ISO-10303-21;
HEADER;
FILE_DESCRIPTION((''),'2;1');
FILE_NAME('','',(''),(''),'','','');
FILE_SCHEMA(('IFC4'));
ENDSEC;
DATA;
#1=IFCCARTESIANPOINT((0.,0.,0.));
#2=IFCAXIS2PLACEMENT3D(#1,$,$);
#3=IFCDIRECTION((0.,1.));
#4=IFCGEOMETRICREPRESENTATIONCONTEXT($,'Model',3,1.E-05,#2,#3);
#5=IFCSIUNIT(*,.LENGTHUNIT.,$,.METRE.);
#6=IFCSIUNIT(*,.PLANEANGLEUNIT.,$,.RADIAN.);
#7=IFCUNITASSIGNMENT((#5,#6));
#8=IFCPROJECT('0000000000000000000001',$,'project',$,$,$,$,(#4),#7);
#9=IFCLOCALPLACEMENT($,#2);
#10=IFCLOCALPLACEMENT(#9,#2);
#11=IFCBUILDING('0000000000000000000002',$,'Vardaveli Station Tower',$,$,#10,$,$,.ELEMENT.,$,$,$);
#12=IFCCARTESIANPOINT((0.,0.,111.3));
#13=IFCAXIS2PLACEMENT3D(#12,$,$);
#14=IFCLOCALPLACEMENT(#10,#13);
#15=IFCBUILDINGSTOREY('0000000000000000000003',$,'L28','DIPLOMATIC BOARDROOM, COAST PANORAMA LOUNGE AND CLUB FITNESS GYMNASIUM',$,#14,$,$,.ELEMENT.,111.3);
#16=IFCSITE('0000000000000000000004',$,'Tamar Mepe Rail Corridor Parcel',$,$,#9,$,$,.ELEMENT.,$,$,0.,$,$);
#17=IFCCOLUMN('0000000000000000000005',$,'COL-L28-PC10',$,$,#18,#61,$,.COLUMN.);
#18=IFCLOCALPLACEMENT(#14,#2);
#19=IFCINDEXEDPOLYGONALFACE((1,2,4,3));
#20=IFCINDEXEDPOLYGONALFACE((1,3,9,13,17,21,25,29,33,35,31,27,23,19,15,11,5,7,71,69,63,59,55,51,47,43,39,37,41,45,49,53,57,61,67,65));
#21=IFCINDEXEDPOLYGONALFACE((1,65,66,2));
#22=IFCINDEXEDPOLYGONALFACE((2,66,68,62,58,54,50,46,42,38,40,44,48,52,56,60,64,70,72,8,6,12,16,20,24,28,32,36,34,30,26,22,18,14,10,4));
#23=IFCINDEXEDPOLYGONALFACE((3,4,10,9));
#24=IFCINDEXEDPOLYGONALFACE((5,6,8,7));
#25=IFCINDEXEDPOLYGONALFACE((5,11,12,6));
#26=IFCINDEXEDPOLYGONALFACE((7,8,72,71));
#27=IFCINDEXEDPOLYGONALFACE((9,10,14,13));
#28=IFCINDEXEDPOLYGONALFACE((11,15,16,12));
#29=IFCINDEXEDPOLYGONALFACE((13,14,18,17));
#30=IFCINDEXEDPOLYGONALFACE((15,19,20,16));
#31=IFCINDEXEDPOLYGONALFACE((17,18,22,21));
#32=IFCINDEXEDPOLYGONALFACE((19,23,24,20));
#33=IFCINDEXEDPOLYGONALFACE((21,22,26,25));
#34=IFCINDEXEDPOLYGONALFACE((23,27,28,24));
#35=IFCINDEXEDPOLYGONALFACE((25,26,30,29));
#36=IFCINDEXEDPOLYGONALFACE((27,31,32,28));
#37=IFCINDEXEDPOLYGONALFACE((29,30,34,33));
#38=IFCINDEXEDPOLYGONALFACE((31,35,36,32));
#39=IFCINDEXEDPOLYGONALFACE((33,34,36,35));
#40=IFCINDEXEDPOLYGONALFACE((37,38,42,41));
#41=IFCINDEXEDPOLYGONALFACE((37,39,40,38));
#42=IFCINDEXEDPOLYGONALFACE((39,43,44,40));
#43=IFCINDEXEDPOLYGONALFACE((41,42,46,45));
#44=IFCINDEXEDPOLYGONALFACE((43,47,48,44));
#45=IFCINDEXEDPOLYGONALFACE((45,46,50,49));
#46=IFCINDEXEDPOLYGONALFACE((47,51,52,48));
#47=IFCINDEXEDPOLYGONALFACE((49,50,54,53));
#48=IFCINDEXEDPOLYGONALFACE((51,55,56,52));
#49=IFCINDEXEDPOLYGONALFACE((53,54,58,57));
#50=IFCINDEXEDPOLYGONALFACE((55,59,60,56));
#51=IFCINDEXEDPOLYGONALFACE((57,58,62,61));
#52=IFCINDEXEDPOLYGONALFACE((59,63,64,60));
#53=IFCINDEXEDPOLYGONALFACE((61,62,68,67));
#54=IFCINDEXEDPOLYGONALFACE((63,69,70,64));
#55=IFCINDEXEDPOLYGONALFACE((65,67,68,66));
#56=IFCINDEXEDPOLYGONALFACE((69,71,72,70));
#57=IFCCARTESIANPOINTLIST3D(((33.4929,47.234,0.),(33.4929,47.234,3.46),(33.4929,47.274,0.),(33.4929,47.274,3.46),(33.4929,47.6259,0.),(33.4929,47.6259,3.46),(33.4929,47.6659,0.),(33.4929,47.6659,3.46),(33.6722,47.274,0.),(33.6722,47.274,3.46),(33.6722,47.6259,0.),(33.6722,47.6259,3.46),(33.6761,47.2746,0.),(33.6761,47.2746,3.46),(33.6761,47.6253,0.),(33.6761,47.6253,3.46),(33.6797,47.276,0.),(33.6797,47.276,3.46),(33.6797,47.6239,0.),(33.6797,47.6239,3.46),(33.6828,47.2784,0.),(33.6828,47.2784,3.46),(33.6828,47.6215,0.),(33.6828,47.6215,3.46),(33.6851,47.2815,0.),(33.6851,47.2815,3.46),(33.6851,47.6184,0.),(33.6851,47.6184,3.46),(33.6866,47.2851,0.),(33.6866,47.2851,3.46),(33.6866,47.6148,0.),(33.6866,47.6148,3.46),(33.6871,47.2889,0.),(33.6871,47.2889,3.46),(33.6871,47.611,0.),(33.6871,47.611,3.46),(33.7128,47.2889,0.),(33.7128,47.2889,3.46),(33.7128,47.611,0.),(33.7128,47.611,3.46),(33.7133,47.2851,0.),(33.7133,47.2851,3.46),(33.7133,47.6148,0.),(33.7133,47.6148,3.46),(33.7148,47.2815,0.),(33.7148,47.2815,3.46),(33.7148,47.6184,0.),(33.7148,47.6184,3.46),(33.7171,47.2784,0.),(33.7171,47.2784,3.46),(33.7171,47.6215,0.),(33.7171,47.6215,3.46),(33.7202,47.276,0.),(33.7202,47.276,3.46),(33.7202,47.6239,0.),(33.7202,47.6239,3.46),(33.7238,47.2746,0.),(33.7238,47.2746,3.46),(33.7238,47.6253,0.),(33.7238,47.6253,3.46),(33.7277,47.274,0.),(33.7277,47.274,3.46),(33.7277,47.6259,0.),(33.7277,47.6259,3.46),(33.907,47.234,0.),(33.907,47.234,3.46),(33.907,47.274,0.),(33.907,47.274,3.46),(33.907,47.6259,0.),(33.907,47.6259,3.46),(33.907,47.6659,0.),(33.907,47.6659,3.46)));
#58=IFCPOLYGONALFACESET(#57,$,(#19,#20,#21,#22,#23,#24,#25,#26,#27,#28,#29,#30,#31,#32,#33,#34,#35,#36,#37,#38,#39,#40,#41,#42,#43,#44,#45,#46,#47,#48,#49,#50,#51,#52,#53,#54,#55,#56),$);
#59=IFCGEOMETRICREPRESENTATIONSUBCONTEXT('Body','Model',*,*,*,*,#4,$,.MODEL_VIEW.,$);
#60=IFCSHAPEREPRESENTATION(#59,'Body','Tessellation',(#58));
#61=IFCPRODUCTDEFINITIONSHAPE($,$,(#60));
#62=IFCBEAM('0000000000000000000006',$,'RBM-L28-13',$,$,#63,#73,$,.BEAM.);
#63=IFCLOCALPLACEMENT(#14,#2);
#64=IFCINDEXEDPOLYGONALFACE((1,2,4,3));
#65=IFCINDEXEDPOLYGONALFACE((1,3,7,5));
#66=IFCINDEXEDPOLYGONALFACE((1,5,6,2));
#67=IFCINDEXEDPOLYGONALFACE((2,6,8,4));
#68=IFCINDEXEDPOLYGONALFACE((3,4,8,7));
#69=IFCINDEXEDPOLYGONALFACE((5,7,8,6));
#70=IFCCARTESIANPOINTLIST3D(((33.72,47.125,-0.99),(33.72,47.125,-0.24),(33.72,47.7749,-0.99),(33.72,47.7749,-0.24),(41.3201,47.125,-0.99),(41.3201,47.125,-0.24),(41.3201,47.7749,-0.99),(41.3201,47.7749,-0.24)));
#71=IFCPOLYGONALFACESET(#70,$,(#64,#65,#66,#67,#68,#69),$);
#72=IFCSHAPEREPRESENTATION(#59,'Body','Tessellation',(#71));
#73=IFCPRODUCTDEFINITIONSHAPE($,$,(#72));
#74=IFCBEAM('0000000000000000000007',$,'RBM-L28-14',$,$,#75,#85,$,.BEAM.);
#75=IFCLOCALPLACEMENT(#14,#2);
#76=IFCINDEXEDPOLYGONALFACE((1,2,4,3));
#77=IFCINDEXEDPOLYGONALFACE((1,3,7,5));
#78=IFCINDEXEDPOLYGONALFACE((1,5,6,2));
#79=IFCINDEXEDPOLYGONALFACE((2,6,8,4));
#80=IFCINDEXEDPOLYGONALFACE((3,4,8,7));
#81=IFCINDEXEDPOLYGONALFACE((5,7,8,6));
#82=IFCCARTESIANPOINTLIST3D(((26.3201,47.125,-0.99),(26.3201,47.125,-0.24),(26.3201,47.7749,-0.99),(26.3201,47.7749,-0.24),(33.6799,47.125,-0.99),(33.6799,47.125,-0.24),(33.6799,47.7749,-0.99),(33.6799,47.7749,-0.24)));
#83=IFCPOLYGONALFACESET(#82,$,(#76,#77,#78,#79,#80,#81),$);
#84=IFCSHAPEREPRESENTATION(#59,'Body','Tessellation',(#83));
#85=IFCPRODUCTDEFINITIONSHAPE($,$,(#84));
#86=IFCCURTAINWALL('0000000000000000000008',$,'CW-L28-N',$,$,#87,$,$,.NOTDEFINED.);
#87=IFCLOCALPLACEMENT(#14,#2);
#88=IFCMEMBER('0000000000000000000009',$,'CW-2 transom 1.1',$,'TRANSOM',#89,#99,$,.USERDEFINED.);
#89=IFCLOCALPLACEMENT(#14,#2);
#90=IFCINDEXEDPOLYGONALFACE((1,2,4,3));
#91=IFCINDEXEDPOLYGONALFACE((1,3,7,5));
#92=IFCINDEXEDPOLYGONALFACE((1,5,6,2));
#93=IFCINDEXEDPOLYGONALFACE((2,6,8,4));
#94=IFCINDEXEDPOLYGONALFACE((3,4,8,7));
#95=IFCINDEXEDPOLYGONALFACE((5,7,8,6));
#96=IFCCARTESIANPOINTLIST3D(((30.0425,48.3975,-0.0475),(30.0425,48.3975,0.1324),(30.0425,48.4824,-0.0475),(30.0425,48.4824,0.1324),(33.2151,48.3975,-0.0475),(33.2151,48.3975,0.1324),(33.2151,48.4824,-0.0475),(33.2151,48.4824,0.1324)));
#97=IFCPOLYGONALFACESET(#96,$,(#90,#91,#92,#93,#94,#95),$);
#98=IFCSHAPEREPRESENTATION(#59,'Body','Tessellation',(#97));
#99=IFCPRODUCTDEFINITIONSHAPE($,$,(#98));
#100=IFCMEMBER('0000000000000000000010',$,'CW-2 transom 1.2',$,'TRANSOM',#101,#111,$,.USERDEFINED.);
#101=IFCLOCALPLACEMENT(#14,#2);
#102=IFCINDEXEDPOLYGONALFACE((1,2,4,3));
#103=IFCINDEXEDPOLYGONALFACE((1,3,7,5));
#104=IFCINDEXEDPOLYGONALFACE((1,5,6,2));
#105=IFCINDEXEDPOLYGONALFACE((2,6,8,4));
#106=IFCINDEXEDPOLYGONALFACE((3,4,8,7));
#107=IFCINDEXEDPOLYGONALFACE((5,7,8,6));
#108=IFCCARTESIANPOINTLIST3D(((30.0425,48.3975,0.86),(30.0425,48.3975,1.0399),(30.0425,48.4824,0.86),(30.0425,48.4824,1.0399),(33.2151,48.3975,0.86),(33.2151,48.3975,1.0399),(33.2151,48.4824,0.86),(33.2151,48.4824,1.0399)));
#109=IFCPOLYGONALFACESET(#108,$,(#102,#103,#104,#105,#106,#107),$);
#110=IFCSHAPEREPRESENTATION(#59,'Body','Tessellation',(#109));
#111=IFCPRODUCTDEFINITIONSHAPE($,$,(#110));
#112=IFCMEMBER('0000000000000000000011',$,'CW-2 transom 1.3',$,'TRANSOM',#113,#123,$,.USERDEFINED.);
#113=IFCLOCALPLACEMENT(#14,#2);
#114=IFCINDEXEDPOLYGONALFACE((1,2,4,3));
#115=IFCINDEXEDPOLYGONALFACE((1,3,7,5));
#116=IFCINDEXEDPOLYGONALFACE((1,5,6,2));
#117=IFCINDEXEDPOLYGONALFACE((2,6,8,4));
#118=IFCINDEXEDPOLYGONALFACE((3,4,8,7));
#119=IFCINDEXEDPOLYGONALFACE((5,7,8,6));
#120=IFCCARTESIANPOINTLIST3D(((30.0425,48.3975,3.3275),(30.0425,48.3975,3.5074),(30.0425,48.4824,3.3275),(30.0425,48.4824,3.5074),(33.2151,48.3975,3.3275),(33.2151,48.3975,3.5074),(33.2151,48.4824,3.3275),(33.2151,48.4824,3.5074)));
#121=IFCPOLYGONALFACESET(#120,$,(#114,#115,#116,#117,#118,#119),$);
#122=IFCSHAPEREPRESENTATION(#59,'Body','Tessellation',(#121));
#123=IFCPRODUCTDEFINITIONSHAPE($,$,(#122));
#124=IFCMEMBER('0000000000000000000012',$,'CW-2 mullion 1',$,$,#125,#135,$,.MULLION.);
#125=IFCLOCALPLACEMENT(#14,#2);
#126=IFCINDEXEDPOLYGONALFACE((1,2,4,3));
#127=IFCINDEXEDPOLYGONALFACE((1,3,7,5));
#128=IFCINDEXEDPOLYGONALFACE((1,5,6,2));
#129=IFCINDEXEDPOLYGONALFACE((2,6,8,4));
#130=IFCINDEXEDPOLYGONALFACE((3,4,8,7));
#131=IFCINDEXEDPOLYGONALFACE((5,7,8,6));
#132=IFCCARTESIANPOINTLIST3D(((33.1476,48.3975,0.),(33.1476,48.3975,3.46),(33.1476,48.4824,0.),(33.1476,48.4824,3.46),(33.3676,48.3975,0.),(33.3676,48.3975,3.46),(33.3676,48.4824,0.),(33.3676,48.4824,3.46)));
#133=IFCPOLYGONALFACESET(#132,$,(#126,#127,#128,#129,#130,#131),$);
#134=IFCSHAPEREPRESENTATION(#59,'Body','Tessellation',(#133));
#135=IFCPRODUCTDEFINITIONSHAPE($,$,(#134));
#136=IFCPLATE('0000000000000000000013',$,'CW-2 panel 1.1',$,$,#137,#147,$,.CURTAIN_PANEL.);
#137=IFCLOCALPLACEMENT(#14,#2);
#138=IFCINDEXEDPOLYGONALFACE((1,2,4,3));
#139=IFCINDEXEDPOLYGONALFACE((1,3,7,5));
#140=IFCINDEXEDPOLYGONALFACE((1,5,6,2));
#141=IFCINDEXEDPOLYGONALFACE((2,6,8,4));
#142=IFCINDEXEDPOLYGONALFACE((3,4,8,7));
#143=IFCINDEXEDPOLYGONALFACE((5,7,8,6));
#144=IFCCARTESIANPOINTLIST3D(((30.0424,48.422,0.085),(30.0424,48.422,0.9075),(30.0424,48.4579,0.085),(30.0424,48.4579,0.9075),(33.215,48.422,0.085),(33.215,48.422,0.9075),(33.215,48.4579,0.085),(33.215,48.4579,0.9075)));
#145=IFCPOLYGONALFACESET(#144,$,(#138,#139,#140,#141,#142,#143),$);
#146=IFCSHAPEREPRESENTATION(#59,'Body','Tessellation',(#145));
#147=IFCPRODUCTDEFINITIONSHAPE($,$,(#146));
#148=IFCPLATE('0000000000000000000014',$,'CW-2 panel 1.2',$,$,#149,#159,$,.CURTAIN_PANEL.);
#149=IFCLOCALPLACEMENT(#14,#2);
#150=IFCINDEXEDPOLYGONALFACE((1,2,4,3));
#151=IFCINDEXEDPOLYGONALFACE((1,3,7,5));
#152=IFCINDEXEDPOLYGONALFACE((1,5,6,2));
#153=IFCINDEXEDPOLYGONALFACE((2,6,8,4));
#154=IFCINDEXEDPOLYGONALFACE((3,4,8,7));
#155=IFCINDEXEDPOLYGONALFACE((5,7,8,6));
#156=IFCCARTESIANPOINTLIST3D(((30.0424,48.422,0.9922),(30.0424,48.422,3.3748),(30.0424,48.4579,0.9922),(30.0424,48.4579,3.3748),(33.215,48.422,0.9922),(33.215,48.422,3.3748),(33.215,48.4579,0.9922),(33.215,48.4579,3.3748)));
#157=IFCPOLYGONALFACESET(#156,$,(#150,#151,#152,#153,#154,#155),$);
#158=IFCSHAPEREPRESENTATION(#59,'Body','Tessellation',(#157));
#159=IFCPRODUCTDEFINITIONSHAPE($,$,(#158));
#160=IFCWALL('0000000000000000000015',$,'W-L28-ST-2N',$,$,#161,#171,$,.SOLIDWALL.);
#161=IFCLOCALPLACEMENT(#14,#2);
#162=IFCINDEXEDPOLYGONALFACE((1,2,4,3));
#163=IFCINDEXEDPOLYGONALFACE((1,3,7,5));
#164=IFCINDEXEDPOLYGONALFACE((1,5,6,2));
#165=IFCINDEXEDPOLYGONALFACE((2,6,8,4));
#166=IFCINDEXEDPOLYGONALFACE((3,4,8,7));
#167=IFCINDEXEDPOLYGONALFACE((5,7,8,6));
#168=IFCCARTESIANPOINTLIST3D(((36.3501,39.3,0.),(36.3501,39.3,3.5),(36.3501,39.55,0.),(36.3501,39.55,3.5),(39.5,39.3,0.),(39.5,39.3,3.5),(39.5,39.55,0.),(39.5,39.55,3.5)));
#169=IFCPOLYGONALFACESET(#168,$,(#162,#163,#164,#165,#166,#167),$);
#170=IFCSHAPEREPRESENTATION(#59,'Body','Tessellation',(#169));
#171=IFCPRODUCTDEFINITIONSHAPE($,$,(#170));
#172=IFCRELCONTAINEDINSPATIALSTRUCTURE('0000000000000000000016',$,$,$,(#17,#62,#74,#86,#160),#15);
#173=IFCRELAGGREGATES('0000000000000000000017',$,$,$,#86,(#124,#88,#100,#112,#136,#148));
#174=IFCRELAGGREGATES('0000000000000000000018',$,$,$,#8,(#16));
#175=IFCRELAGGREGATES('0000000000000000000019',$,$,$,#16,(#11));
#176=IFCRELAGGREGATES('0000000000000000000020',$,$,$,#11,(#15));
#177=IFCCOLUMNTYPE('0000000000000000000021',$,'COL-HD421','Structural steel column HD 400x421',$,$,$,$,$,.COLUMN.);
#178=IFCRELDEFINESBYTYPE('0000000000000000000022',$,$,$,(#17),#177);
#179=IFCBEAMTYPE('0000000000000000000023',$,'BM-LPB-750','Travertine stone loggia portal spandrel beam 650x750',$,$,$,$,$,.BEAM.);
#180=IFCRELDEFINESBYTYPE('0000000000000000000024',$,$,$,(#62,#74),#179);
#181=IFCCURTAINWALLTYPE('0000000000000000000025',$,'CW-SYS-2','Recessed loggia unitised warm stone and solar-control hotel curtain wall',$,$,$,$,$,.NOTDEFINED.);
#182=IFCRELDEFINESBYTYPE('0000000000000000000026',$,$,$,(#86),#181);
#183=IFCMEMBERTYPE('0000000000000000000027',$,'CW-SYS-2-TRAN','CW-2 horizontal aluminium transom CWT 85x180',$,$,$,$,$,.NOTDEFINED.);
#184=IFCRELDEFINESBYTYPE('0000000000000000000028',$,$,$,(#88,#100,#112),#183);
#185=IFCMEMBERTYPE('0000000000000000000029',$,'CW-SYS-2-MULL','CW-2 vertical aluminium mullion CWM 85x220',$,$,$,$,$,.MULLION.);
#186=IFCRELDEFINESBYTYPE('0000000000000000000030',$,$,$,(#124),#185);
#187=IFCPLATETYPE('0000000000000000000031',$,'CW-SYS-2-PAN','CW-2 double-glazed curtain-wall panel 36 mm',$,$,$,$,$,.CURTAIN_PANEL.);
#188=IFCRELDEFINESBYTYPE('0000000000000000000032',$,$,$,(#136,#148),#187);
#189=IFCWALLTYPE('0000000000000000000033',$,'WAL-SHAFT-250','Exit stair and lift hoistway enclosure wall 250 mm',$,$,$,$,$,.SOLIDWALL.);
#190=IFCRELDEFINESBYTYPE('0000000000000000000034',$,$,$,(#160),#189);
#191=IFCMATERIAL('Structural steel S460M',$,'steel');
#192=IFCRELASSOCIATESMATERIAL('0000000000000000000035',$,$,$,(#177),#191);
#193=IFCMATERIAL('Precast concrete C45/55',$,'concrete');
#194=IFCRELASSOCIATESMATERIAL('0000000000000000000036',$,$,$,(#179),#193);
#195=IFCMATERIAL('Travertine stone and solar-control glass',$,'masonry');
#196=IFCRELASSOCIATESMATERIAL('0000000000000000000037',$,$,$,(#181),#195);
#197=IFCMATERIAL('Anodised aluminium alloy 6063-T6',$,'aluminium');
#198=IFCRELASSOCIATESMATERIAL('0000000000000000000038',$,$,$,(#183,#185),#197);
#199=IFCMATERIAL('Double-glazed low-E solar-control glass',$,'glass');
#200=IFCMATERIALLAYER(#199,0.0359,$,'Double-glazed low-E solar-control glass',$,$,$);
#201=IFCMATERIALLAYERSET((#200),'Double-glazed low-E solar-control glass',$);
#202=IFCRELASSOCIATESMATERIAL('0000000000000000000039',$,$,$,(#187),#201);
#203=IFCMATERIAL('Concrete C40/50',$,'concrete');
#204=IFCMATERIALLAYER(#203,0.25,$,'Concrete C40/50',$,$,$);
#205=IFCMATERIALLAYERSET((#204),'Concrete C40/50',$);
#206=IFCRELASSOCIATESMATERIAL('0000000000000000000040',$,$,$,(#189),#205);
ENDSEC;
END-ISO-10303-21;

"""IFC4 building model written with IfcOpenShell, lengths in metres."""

from ifc_helpers import new_model, si_unit, direction, frame, frame_2d, origin, origin_2d, place, context, subcontext, project, spatial, rectangle, i_section, extrude, source, transform, mapped, material, layer, layer_set, material_profile, profile_set, type_object, element, aggregate, save


model = new_model("IFC4")

# Units and contexts
model_context = context("Model", 3, precision=1e-05, world=origin(), true_north=direction((0.0, 1.0)))
body_context = subcontext(model_context, "Body", "Model", "MODEL_VIEW")
ifc_project = project(units=[si_unit("LENGTHUNIT", "METRE"), si_unit("PLANEANGLEUNIT", "RADIAN")], contexts=[model_context])

# Site, building, storey
site_placement = place(None, origin())
site = spatial("IfcSite", under=ifc_project, at=site_placement, Name="Tamar Mepe Rail Corridor Parcel", CompositionType="ELEMENT", RefElevation=0.0)
building_placement = place(site_placement, origin())
building = spatial("IfcBuilding", under=site, at=building_placement, Name="Vardaveli Station Tower", CompositionType="ELEMENT")
storey_placement = place(building_placement, frame((0.0, 0.0, 111.3)))
storey = spatial("IfcBuildingStorey", under=building, at=storey_placement, Name="L28", Description="DIPLOMATIC BOARDROOM, COAST PANORAMA LOUNGE AND CLUB FITNESS GYMNASIUM", CompositionType="ELEMENT", Elevation=111.3)

# Column
ifc_material_1 = material(Name="Structural steel S460M", Category="steel")
ifc_material_profile_1 = material_profile(ifc_material_1, i_section(OverallWidth=0.4141, OverallDepth=0.4319, WebThickness=0.0256, FlangeThickness=0.04, FilletRadius=0.0149, at=origin_2d()), Name="HD 400x421")
ifc_profile_set_1 = profile_set([ifc_material_profile_1], Name="Structural steel S460M")
column_type = type_object("IfcColumnType", Name="COL-HD421", Description="Structural steel column HD 400x421", PredefinedType="COLUMN", material=ifc_profile_set_1)
shared_shape_1 = source(origin(), body_context, "Body", "SweptSolid", [
    extrude(i_section(OverallWidth=0.4141, OverallDepth=0.4319, WebThickness=0.0256, FlangeThickness=0.04, FilletRadius=0.0149, at=origin_2d()), origin(), (0.0, 0.0, 1.0), 3.46),
])
column_placement = place(storey_placement, frame((33.7, 47.45, 0.0), z_axis=(0.0, 0.0, 1.0), x_axis=(1.0, 0.0, 0.0)))
element("IfcColumn", 1, at=column_placement, inside=storey, type_object=column_type, Name="COL-L28-PC10", PredefinedType="COLUMN", context=body_context, shape_type="MappedRepresentation", body=[
    mapped(shared_shape_1, transform((0.0, 0.0, 0.0), scale=1.0)),
])

# Beams
ifc_material_2 = material(Name="Precast concrete C45/55", Category="concrete")
ifc_material_profile_2 = material_profile(ifc_material_2, rectangle(XDim=0.6499, YDim=0.75, at=origin_2d()), Name="LPB 650x750")
ifc_profile_set_2 = profile_set([ifc_material_profile_2], Name="Precast concrete C45/55")
beam_type = type_object("IfcBeamType", Name="BM-LPB-750", Description="Travertine stone loggia portal spandrel beam 650x750", PredefinedType="BEAM", material=ifc_profile_set_2)
shared_shape_2 = source(origin(), body_context, "Body", "SweptSolid", [
    extrude(rectangle(XDim=0.6499, YDim=0.75, at=origin_2d()), origin(), (0.0, 0.0, 1.0), 7.6001),
])
beam_1_placement = place(storey_placement, frame((41.3201, 47.45, -0.615), z_axis=(-1.0, 0.0, 0.0), x_axis=(0.0, -1.0, 0.0)))
element("IfcBeam", 2, at=beam_1_placement, inside=storey, type_object=beam_type, Name="RBM-L28-13", PredefinedType="BEAM", context=body_context, shape_type="MappedRepresentation", body=[
    mapped(shared_shape_2, transform((0.0, 0.0, 0.0), scale=1.0)),
])
shared_shape_3 = source(origin(), body_context, "Body", "SweptSolid", [
    extrude(rectangle(XDim=0.6499, YDim=0.75, at=origin_2d()), origin(), (0.0, 0.0, 1.0), 7.3599),
])
beam_2_placement = place(storey_placement, frame((33.6799, 47.45, -0.615), z_axis=(-1.0, 0.0, 0.0), x_axis=(0.0, -1.0, 0.0)))
element("IfcBeam", 3, at=beam_2_placement, inside=storey, type_object=beam_type, Name="RBM-L28-14", PredefinedType="BEAM", context=body_context, shape_type="MappedRepresentation", body=[
    mapped(shared_shape_3, transform((0.0, 0.0, 0.0), scale=1.0)),
])

# Curtain wall, members, plates
ifc_material_3 = material(Name="Travertine stone and solar-control glass", Category="masonry")
curtain_wall_type = type_object("IfcCurtainWallType", Name="CW-SYS-2", Description="Recessed loggia unitised warm stone and solar-control hotel curtain wall", PredefinedType="NOTDEFINED", material=ifc_material_3)
curtain_wall_placement = place(storey_placement, origin())
curtain_wall = element("IfcCurtainWall", 4, at=curtain_wall_placement, inside=storey, type_object=curtain_wall_type, Name="CW-L28-N", PredefinedType="NOTDEFINED")
ifc_material_4 = material(Name="Anodised aluminium alloy 6063-T6", Category="aluminium")
ifc_material_profile_3 = material_profile(ifc_material_4, rectangle(XDim=0.085, YDim=0.1799, at=origin_2d()), Name="CWT 85x180")
ifc_profile_set_3 = profile_set([ifc_material_profile_3], Name="Anodised aluminium alloy 6063-T6")
member_type_1 = type_object("IfcMemberType", Name="CW-SYS-2-TRAN", Description="CW-2 horizontal aluminium transom CWT 85x180", PredefinedType="NOTDEFINED", material=ifc_profile_set_3)
shared_shape_4 = source(origin(), body_context, "Body", "SweptSolid", [
    extrude(rectangle(XDim=0.085, YDim=0.1799, at=origin_2d()), origin(), (0.0, 0.0, 1.0), 3.1726),
])
member_1_placement = place(storey_placement, frame((33.2151, 48.4399, 0.0425), z_axis=(-1.0, 0.0, 0.0), x_axis=(0.0, -1.0, 0.0)))
member_1 = element("IfcMember", 5, at=member_1_placement, type_object=member_type_1, Name="CW-2 transom 1.1", ObjectType="TRANSOM", PredefinedType="USERDEFINED", context=body_context, shape_type="MappedRepresentation", body=[
    mapped(shared_shape_4, transform((0.0, 0.0, 0.0), scale=1.0)),
])
member_2_placement = place(storey_placement, frame((33.2151, 48.4399, 0.95), z_axis=(-1.0, 0.0, 0.0), x_axis=(0.0, -1.0, 0.0)))
member_2 = element("IfcMember", 6, at=member_2_placement, type_object=member_type_1, Name="CW-2 transom 1.2", ObjectType="TRANSOM", PredefinedType="USERDEFINED", context=body_context, shape_type="MappedRepresentation", body=[
    mapped(shared_shape_4, transform((0.0, 0.0, 0.0), scale=1.0)),
])
member_3_placement = place(storey_placement, frame((33.2151, 48.4399, 3.4175), z_axis=(-1.0, 0.0, 0.0), x_axis=(0.0, -1.0, 0.0)))
member_3 = element("IfcMember", 7, at=member_3_placement, type_object=member_type_1, Name="CW-2 transom 1.3", ObjectType="TRANSOM", PredefinedType="USERDEFINED", context=body_context, shape_type="MappedRepresentation", body=[
    mapped(shared_shape_4, transform((0.0, 0.0, 0.0), scale=1.0)),
])
ifc_material_profile_4 = material_profile(ifc_material_4, rectangle(XDim=0.085, YDim=0.22, at=origin_2d()), Name="CWM 85x220")
ifc_profile_set_4 = profile_set([ifc_material_profile_4], Name="Anodised aluminium alloy 6063-T6")
member_type_2 = type_object("IfcMemberType", Name="CW-SYS-2-MULL", Description="CW-2 vertical aluminium mullion CWM 85x220", PredefinedType="MULLION", material=ifc_profile_set_4)
shared_shape_5 = source(origin(), body_context, "Body", "SweptSolid", [
    extrude(rectangle(XDim=0.085, YDim=0.22, at=origin_2d()), origin(), (0.0, 0.0, 1.0), 3.46),
])
member_4_placement = place(storey_placement, frame((33.2576, 48.4399, 0.0), z_axis=(0.0, 0.0, 1.0), x_axis=(0.0, -1.0, 0.0)))
member_4 = element("IfcMember", 8, at=member_4_placement, type_object=member_type_2, Name="CW-2 mullion 1", PredefinedType="MULLION", context=body_context, shape_type="MappedRepresentation", body=[
    mapped(shared_shape_5, transform((0.0, 0.0, 0.0), scale=1.0)),
])
ifc_material_5 = material(Name="Double-glazed low-E solar-control glass", Category="glass")
ifc_layer_1 = layer(ifc_material_5, 0.0359, Name="Double-glazed low-E solar-control glass")
ifc_layer_set_1 = layer_set([ifc_layer_1], Name="Double-glazed low-E solar-control glass")
plate_type = type_object("IfcPlateType", Name="CW-SYS-2-PAN", Description="CW-2 double-glazed curtain-wall panel 36 mm", PredefinedType="CURTAIN_PANEL", material=ifc_layer_set_1)
shared_shape_6 = source(origin(), body_context, "Body", "SweptSolid", [
    extrude(rectangle(XDim=3.1726, YDim=0.0359, at=origin_2d()), origin(), (0.0, 0.0, 1.0), 0.8225),
])
plate_1_placement = place(storey_placement, frame((31.6287, 48.4399, 0.085), z_axis=(0.0, 0.0, 1.0), x_axis=(-1.0, 0.0, 0.0)))
plate_1 = element("IfcPlate", 9, at=plate_1_placement, type_object=plate_type, Name="CW-2 panel 1.1", PredefinedType="CURTAIN_PANEL", context=body_context, shape_type="MappedRepresentation", body=[
    mapped(shared_shape_6, transform((0.0, 0.0, 0.0), scale=1.0)),
])
shared_shape_7 = source(origin(), body_context, "Body", "SweptSolid", [
    extrude(rectangle(XDim=3.1726, YDim=0.0359, at=origin_2d()), origin(), (0.0, 0.0, 1.0), 2.3826),
])
plate_2_placement = place(storey_placement, frame((31.6287, 48.4399, 0.9922), z_axis=(0.0, 0.0, 1.0), x_axis=(-1.0, 0.0, 0.0)))
plate_2 = element("IfcPlate", 10, at=plate_2_placement, type_object=plate_type, Name="CW-2 panel 1.2", PredefinedType="CURTAIN_PANEL", context=body_context, shape_type="MappedRepresentation", body=[
    mapped(shared_shape_7, transform((0.0, 0.0, 0.0), scale=1.0)),
])
aggregate(curtain_wall, [member_4, member_1, member_2, member_3, plate_1, plate_2])

# Wall
ifc_material_6 = material(Name="Concrete C40/50", Category="concrete")
ifc_layer_2 = layer(ifc_material_6, 0.25, Name="Concrete C40/50")
ifc_layer_set_2 = layer_set([ifc_layer_2], Name="Concrete C40/50")
wall_type = type_object("IfcWallType", Name="WAL-SHAFT-250", Description="Exit stair and lift hoistway enclosure wall 250 mm", PredefinedType="SOLIDWALL", material=ifc_layer_set_2)
shared_shape_8 = source(origin(), body_context, "Body", "SweptSolid", [
    extrude(rectangle(XDim=3.1499, YDim=0.25, at=frame_2d((1.575, 0.0))), origin(), (0.0, 0.0, 1.0), 3.5),
])
wall_1_placement = place(storey_placement, frame((36.3501, 39.425, 0.0), z_axis=(0.0, 0.0, 1.0), x_axis=(1.0, 0.0, 0.0)))
element("IfcWall", 11, at=wall_1_placement, inside=storey, type_object=wall_type, Name="W-L28-ST-2N", PredefinedType="SOLIDWALL", context=body_context, shape_type="MappedRepresentation", body=[
    mapped(shared_shape_8, transform((0.0, 0.0, 0.0), scale=1.0)),
])

save(model, "model.ifc")
